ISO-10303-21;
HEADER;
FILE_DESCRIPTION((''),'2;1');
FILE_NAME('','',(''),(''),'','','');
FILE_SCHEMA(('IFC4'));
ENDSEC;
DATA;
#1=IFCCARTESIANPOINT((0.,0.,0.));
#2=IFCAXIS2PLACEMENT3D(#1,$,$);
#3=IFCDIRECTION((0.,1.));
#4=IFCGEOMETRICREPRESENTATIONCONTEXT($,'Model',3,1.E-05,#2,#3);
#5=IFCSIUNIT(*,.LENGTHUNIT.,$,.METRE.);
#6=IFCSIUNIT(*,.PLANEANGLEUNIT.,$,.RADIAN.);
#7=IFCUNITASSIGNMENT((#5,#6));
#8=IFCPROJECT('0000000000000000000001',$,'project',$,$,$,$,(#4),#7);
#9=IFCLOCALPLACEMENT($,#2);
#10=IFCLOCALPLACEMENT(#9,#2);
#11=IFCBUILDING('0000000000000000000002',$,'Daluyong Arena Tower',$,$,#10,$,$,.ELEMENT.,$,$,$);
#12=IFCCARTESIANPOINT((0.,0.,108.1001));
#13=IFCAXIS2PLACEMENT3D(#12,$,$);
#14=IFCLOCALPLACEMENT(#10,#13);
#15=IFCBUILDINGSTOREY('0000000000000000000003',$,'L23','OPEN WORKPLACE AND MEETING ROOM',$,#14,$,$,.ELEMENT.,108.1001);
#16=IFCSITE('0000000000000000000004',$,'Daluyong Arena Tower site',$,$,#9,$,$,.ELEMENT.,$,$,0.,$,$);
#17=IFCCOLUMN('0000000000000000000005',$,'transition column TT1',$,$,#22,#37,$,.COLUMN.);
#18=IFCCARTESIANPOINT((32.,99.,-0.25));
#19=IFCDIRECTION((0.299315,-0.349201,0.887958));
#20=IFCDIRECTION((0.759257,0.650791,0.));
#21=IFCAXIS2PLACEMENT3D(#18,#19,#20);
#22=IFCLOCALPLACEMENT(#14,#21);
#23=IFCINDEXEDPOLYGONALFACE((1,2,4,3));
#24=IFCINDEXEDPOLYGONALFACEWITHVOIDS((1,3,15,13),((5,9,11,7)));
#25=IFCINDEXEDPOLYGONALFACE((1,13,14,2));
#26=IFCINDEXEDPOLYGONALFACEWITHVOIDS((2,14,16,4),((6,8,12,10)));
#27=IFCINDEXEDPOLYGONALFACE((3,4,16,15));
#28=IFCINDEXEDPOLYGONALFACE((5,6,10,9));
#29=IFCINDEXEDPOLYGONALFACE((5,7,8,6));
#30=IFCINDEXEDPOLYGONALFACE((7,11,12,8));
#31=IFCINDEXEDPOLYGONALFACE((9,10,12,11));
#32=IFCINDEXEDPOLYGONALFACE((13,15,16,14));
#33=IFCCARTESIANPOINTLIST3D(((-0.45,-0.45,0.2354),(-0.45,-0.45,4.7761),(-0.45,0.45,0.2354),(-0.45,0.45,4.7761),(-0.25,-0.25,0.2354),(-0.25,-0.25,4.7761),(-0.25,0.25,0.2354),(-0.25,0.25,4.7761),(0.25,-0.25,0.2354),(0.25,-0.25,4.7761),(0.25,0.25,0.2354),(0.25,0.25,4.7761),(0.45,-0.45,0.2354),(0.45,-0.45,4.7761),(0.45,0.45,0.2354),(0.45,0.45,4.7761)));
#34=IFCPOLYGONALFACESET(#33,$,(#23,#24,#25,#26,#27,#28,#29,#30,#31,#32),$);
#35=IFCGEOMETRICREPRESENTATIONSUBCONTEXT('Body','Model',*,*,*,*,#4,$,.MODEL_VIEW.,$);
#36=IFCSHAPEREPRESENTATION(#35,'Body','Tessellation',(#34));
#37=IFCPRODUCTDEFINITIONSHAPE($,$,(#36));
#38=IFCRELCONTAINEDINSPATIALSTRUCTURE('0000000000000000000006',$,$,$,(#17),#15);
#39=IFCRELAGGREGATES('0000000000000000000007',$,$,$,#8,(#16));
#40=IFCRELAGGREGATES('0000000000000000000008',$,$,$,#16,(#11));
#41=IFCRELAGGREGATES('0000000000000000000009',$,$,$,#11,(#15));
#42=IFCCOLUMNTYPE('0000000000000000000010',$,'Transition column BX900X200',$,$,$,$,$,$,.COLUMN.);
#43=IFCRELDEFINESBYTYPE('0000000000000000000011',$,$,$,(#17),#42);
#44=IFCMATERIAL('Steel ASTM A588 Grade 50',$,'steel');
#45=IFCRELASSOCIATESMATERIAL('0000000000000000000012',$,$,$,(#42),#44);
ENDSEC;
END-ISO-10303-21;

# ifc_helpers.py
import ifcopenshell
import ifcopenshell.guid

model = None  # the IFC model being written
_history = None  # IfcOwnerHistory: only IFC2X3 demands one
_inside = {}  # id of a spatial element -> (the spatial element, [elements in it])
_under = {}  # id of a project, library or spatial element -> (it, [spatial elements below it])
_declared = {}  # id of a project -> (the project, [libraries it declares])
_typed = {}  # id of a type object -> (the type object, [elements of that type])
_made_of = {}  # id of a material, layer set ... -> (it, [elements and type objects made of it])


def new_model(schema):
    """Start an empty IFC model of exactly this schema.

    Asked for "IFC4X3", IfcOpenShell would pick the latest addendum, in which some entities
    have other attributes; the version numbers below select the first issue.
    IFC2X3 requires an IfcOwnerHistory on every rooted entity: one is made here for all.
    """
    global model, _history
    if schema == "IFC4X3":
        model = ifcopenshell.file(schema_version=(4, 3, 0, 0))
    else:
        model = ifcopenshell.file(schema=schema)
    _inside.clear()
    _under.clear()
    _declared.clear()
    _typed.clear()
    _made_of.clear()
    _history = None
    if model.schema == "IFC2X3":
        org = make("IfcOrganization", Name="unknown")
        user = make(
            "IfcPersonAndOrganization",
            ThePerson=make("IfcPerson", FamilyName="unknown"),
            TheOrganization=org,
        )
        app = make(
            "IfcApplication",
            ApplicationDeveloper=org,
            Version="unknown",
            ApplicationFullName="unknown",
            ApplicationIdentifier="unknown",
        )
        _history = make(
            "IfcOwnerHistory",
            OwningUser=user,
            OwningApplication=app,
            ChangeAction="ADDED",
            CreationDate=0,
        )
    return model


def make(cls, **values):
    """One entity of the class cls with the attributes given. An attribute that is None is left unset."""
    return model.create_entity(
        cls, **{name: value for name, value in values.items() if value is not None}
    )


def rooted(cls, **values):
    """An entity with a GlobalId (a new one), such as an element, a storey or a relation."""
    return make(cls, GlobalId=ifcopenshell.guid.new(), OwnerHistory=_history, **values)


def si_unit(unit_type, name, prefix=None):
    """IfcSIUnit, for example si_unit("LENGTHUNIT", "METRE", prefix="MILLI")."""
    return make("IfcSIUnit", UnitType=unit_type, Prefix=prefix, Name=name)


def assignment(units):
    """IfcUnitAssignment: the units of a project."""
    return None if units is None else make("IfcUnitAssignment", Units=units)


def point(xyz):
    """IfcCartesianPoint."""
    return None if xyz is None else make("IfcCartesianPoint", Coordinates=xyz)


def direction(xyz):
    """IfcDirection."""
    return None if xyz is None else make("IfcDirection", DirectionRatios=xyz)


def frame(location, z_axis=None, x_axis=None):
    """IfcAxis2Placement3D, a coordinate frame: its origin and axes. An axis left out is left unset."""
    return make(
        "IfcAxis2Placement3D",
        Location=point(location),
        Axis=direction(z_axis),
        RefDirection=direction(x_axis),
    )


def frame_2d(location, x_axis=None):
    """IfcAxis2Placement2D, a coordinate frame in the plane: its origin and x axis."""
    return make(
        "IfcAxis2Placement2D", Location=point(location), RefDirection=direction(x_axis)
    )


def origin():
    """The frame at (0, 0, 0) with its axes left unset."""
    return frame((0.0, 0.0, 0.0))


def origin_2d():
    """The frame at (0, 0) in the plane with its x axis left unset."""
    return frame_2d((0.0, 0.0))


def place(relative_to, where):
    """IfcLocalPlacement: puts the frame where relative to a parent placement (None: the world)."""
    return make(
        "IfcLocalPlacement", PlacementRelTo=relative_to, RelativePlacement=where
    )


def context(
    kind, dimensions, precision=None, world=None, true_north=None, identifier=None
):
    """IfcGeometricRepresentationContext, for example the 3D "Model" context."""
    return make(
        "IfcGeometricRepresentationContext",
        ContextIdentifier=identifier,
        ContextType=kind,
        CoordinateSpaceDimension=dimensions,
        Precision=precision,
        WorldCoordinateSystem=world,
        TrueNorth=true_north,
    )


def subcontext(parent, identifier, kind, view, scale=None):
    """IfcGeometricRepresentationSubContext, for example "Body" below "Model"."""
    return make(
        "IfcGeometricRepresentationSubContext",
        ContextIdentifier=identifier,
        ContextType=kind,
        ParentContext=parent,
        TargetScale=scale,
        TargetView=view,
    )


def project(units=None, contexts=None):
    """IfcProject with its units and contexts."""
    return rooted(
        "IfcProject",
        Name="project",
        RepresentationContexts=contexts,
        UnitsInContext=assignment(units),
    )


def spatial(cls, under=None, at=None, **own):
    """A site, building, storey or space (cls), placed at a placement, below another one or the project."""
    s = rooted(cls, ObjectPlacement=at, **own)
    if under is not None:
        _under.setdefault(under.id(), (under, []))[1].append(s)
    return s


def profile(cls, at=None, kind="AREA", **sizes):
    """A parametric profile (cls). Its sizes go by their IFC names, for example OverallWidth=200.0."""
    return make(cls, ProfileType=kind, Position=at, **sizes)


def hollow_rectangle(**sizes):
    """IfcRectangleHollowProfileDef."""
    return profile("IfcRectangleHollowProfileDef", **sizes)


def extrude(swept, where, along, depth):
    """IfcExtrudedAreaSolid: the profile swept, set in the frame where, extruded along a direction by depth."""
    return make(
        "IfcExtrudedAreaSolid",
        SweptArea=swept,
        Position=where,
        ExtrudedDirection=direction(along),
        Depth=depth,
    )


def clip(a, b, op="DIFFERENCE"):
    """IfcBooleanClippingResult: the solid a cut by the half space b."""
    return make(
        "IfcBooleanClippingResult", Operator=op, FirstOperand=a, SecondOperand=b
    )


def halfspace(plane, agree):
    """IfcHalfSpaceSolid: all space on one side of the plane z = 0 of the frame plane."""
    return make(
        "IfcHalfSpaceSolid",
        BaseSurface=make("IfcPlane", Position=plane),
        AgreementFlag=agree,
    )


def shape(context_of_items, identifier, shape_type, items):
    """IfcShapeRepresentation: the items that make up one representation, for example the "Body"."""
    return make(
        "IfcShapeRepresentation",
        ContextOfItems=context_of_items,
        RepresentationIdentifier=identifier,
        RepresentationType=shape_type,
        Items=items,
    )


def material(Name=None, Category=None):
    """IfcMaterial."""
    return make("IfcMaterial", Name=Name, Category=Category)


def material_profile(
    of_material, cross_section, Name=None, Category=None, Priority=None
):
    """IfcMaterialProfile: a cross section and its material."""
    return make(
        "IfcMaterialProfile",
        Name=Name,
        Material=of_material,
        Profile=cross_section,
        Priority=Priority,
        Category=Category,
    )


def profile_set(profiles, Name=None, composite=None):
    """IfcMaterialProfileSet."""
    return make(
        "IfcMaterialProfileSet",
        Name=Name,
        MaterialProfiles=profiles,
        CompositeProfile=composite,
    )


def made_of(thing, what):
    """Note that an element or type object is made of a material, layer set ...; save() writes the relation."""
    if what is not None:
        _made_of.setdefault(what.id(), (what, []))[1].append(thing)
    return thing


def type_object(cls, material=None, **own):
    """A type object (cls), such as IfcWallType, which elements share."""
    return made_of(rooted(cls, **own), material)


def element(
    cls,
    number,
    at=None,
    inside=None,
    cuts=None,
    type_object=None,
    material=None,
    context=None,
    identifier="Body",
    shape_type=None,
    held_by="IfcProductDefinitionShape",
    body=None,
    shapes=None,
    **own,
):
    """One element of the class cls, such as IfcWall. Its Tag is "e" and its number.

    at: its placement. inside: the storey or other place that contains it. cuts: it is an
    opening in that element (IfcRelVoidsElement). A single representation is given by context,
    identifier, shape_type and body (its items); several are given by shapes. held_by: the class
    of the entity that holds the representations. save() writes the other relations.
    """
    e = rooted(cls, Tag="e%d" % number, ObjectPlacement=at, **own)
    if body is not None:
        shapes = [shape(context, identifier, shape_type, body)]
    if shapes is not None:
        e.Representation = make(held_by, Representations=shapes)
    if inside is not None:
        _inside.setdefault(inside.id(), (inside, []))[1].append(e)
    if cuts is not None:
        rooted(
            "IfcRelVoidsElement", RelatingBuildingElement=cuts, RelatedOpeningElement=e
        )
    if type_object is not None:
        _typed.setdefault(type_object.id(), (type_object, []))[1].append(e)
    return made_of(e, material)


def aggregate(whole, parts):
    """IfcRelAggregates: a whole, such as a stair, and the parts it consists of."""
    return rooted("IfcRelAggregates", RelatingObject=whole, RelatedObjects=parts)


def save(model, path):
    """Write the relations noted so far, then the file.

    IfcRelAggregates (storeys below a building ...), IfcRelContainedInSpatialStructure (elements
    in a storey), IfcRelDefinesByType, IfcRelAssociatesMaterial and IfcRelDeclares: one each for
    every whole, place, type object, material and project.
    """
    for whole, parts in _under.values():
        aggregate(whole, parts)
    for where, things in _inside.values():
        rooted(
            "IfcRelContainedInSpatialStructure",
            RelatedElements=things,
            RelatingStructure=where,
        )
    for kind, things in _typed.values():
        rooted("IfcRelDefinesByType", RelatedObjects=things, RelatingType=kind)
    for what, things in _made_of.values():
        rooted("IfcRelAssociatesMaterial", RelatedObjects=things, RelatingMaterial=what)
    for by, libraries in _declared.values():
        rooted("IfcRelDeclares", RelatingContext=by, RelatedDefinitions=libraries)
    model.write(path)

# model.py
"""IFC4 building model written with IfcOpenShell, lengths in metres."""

from ifc_helpers import new_model, si_unit, direction, frame, origin, origin_2d, place, context, subcontext, project, spatial, hollow_rectangle, extrude, clip, halfspace, material, material_profile, profile_set, type_object, element, save


model = new_model("IFC4")

# Units and contexts
model_context = context("Model", 3, precision=1e-05, world=origin(), true_north=direction((0.0, 1.0)))
body_context = subcontext(model_context, "Body", "Model", "MODEL_VIEW")
ifc_project = project(units=[si_unit("LENGTHUNIT", "METRE"), si_unit("PLANEANGLEUNIT", "RADIAN")], contexts=[model_context])

# Site, building, storey
site_placement = place(None, origin())
site = spatial("IfcSite", under=ifc_project, at=site_placement, Name="Daluyong Arena Tower site", CompositionType="ELEMENT", RefElevation=0.0)
building_placement = place(site_placement, origin())
building = spatial("IfcBuilding", under=site, at=building_placement, Name="Daluyong Arena Tower", CompositionType="ELEMENT")
storey_placement = place(building_placement, frame((0.0, 0.0, 108.1001)))
storey = spatial("IfcBuildingStorey", under=building, at=storey_placement, Name="L23", Description="OPEN WORKPLACE AND MEETING ROOM", CompositionType="ELEMENT", Elevation=108.1001)

# Column
ifc_material_1 = material(Name="Steel ASTM A588 Grade 50", Category="steel")
ifc_material_profile_1 = material_profile(ifc_material_1, hollow_rectangle(XDim=0.8999, YDim=0.8999, WallThickness=0.2, at=origin_2d()))
ifc_profile_set_1 = profile_set([ifc_material_profile_1], Name="Steel ASTM A588 Grade 50")
column_type_1 = type_object("IfcColumnType", Name="Transition column BX900X200", PredefinedType="COLUMN", material=ifc_profile_set_1)
column_1_placement = place(storey_placement, frame((32.0, 99.0, -0.25), z_axis=(0.299315, -0.349201, 0.887958), x_axis=(0.759257, 0.650791, 0.0)))
element("IfcColumn", 1, at=column_1_placement, inside=storey, type_object=column_type_1, Name="transition column TT1", PredefinedType="COLUMN", context=body_context, shape_type="Clipping", body=[
    clip(clip(extrude(hollow_rectangle(XDim=0.8999, YDim=0.8999, WallThickness=0.2, at=origin_2d()), origin(), (0.0, 0.0, 1.0), 5.0115), halfspace(frame((0.0, 0.0, 0.2354), z_axis=(0.0, 0.0, 1.0), x_axis=(1.0, 0.0, 0.0)), True)), halfspace(frame((0.0, 0.0, 4.7761), z_axis=(0.0, 0.0, -1.0), x_axis=(1.0, 0.0, 0.0)), True)),
])

save(model, "model.ifc")
